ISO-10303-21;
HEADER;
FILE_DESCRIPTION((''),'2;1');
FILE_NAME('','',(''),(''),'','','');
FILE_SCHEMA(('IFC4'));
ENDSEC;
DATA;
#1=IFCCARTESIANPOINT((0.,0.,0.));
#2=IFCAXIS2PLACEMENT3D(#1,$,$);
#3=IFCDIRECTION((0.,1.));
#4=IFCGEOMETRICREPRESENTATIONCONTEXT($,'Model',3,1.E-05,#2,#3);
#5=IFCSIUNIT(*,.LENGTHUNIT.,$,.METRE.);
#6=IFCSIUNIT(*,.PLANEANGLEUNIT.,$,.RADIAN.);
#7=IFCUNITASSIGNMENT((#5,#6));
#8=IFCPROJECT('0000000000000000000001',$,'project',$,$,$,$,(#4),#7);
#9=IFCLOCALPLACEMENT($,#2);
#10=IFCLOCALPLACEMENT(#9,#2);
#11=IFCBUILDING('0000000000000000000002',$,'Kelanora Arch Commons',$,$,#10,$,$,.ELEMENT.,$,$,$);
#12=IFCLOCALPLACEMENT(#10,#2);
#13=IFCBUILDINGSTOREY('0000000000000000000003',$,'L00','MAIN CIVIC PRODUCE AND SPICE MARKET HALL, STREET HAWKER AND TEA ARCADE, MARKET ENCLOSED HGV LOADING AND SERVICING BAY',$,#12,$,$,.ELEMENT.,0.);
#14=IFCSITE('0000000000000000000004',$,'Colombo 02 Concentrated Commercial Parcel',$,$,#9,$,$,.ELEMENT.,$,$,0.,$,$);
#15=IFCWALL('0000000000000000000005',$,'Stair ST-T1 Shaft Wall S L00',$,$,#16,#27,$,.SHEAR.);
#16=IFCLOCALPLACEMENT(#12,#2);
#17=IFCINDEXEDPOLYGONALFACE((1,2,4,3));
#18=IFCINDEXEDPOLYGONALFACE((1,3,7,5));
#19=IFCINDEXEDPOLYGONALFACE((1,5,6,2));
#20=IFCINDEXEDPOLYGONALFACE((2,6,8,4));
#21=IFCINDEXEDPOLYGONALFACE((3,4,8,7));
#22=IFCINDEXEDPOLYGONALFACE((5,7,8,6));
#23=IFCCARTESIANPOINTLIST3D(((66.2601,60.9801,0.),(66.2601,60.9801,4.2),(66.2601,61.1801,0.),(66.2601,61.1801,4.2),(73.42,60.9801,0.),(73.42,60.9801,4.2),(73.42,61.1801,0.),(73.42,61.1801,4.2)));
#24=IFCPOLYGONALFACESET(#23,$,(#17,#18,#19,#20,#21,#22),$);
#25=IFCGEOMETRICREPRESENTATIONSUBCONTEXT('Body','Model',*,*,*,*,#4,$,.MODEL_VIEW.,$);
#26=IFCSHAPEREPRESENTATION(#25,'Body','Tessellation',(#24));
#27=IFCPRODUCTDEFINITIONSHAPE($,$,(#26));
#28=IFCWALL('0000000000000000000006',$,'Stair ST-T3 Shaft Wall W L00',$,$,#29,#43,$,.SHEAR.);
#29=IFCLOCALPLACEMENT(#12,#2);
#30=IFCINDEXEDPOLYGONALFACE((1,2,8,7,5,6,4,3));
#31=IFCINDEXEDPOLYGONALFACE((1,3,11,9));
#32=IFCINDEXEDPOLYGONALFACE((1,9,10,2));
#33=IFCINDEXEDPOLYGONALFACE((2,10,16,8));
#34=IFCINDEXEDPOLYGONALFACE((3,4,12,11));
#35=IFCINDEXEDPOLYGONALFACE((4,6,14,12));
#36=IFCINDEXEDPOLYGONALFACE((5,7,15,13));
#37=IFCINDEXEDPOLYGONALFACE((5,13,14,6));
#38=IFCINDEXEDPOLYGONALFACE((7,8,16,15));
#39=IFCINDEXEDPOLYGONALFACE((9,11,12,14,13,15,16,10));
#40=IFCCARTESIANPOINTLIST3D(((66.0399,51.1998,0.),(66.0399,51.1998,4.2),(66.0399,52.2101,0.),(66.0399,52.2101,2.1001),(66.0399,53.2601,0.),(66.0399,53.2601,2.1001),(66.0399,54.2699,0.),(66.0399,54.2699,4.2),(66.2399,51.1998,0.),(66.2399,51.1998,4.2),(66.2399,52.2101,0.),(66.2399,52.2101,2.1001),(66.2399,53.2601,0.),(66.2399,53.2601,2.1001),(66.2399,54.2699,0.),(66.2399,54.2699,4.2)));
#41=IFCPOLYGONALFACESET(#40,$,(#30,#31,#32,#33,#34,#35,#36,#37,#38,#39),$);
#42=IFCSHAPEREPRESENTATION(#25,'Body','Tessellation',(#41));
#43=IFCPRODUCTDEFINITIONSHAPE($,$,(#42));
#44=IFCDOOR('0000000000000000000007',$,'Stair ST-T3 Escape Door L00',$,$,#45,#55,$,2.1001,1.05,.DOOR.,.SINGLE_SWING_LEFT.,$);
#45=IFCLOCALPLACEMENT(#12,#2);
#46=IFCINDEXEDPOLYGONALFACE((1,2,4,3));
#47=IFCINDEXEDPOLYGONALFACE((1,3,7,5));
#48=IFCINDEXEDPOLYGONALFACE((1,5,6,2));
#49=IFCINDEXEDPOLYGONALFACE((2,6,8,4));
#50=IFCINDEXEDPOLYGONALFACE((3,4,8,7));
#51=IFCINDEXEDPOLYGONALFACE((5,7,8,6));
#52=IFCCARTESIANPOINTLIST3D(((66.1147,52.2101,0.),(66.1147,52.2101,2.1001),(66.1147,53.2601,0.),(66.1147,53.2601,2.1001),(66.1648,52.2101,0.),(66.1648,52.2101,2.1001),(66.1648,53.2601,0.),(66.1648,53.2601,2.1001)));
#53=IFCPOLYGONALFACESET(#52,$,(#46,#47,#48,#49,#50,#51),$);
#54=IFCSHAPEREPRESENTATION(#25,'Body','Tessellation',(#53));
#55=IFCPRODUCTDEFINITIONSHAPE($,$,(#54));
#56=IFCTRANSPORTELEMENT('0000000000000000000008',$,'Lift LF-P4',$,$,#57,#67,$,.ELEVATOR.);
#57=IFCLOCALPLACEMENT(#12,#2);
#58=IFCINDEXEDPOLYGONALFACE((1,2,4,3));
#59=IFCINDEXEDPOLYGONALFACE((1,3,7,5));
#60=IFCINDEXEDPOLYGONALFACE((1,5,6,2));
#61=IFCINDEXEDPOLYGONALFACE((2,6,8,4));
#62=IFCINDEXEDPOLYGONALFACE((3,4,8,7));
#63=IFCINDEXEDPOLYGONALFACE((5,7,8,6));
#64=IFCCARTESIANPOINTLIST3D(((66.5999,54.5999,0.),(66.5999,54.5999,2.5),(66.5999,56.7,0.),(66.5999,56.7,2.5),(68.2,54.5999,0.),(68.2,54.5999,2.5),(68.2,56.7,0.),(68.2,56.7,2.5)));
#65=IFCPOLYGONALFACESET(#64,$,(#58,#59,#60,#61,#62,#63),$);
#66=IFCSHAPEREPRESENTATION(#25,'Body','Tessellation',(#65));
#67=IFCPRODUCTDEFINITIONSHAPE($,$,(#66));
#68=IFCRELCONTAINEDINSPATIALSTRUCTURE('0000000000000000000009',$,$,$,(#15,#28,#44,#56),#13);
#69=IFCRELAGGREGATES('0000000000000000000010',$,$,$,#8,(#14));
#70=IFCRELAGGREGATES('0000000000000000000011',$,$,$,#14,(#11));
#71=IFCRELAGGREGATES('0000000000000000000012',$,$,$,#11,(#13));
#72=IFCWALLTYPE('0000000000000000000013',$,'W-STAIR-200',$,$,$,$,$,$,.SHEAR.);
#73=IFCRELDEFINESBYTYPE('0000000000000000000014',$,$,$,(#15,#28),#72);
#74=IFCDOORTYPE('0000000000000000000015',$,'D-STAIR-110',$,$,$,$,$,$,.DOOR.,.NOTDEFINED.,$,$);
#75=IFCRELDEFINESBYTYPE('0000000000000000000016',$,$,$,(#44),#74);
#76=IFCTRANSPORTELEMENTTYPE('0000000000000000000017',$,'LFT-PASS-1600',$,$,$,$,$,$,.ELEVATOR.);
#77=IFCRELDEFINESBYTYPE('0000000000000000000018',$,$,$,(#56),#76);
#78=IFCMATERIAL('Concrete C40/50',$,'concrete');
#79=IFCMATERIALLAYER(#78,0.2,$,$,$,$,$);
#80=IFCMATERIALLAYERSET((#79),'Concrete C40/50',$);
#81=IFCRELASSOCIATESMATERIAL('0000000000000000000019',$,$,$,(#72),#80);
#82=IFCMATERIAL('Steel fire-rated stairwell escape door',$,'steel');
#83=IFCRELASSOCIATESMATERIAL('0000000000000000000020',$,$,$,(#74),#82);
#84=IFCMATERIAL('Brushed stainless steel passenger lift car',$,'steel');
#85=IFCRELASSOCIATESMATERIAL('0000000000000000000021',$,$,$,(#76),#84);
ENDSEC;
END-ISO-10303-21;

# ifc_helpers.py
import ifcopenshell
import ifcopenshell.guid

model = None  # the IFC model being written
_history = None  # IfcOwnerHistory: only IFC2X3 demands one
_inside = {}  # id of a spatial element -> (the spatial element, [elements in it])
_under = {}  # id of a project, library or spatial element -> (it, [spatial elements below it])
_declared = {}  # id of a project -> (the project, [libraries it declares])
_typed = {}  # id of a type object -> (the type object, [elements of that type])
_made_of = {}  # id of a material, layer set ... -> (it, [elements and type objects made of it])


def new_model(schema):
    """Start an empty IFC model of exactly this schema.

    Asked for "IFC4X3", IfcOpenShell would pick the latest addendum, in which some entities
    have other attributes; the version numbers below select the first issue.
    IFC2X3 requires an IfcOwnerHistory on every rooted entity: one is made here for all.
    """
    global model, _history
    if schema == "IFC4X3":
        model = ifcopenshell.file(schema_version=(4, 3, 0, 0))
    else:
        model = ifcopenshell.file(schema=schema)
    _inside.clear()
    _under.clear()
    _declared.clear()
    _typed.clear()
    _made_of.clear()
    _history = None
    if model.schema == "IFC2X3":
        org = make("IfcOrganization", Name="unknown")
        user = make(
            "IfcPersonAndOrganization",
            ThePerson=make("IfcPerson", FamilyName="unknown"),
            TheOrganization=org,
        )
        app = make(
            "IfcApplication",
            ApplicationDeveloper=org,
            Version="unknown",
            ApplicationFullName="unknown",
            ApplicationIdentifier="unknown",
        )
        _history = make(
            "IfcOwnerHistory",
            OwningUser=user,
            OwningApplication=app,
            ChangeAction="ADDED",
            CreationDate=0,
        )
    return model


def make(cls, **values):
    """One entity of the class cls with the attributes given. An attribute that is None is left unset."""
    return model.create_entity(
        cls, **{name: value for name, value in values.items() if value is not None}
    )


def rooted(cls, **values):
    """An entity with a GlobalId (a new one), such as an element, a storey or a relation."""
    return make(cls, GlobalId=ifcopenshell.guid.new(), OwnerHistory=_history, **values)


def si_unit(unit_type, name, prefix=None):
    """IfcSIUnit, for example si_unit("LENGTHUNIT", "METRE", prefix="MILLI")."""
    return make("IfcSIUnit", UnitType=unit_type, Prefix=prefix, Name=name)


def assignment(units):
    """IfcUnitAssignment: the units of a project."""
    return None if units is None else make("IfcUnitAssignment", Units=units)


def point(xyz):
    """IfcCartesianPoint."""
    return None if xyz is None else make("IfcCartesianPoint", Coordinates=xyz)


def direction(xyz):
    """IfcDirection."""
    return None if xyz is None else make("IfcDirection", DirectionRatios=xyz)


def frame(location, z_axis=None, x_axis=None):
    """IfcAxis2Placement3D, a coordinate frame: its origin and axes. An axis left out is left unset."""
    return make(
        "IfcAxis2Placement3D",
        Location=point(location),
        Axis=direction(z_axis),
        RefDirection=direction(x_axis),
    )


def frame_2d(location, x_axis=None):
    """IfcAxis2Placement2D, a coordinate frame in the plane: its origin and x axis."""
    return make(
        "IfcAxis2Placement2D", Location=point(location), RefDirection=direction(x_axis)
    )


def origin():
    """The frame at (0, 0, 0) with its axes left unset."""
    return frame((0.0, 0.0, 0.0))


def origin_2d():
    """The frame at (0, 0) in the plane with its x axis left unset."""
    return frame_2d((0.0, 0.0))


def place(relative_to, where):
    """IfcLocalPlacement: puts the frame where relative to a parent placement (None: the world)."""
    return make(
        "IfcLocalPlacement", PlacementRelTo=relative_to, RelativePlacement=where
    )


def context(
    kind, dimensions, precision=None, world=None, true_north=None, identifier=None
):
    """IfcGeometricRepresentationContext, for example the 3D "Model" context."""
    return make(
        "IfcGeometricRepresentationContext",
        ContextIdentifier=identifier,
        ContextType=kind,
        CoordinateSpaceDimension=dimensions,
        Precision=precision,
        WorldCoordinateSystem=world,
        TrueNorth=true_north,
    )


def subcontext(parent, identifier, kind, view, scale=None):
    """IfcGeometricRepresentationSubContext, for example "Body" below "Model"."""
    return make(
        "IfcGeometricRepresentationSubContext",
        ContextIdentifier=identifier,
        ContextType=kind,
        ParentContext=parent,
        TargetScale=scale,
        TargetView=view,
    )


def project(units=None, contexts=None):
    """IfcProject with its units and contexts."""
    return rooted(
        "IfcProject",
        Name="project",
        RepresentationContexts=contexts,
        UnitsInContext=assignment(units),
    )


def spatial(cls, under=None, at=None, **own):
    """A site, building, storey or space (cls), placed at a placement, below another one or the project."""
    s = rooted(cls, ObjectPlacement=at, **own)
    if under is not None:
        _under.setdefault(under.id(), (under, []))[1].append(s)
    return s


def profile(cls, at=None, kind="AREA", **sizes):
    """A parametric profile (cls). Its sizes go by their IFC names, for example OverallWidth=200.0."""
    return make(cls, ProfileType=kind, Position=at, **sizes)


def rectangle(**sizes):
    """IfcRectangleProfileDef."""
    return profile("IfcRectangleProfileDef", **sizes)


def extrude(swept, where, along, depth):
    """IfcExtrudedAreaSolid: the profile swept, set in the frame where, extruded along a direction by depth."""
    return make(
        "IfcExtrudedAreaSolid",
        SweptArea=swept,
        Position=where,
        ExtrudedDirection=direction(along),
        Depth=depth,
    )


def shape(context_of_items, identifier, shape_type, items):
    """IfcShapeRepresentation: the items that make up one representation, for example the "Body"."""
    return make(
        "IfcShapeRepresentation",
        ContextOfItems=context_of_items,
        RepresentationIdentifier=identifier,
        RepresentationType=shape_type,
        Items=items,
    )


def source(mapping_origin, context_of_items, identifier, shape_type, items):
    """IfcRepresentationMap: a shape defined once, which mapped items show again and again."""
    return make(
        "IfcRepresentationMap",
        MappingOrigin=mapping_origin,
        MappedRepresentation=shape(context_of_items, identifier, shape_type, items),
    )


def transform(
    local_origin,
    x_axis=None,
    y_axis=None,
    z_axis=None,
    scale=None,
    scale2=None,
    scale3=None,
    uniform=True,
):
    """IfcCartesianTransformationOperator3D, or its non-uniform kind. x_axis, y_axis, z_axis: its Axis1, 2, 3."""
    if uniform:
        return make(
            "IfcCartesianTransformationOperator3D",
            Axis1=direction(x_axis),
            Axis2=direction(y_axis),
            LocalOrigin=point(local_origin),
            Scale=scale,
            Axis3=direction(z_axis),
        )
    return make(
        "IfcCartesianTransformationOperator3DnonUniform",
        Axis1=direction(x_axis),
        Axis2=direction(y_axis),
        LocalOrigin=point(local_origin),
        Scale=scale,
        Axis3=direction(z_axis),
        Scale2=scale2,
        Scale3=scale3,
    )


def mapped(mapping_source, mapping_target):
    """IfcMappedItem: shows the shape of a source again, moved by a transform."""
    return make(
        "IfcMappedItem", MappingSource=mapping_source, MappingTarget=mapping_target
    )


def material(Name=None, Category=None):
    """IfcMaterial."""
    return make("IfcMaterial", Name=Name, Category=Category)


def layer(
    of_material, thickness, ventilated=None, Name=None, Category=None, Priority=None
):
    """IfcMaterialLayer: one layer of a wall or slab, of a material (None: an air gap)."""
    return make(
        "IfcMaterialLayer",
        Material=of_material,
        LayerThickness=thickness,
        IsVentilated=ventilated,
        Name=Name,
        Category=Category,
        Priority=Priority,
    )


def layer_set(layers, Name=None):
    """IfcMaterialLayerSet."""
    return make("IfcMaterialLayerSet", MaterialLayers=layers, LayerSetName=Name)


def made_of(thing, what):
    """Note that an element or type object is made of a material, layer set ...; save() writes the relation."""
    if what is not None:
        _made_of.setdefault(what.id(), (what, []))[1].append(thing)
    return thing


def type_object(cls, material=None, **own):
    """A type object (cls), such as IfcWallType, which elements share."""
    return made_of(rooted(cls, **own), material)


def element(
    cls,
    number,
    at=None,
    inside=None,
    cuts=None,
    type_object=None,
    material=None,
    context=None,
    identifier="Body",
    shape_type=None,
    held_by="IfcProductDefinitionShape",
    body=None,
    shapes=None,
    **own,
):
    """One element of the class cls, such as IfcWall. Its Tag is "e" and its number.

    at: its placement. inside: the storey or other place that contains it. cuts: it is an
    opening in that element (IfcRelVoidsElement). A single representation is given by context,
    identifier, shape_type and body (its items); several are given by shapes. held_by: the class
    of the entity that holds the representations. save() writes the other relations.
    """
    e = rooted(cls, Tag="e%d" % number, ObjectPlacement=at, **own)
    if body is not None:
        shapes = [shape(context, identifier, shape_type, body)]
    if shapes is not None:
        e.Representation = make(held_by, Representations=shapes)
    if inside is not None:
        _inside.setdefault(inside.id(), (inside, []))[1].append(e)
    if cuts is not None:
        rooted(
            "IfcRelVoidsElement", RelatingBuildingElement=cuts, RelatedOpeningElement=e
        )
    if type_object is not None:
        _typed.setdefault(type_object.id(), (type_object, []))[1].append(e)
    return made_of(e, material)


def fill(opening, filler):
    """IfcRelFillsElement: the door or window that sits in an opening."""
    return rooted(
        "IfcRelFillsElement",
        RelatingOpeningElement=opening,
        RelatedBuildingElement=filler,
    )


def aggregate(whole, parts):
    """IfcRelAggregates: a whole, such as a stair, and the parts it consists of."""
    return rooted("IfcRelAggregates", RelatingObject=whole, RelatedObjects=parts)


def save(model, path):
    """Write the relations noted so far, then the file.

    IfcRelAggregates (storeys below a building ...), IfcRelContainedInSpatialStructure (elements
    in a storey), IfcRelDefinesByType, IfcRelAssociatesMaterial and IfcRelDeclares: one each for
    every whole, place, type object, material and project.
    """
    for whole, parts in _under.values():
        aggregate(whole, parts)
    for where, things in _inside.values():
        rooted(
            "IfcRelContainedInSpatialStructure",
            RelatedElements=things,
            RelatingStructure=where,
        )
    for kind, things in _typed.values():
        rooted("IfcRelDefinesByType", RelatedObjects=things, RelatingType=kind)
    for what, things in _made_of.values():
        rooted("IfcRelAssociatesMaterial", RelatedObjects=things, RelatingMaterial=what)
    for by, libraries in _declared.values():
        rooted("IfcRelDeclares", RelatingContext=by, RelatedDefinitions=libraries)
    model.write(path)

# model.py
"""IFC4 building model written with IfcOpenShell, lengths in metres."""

from ifc_helpers import new_model, si_unit, direction, frame, frame_2d, origin, origin_2d, place, context, subcontext, project, spatial, rectangle, extrude, source, transform, mapped, material, layer, layer_set, type_object, element, fill, save


model = new_model("IFC4")

# Units and contexts
model_context = context("Model", 3, precision=1e-05, world=origin(), true_north=direction((0.0, 1.0)))
body_context = subcontext(model_context, "Body", "Model", "MODEL_VIEW")
ifc_project = project(units=[si_unit("LENGTHUNIT", "METRE"), si_unit("PLANEANGLEUNIT", "RADIAN")], contexts=[model_context])

# Site, building, storey
site_placement = place(None, origin())
site = spatial("IfcSite", under=ifc_project, at=site_placement, Name="Colombo 02 Concentrated Commercial Parcel", CompositionType="ELEMENT", RefElevation=0.0)
building_placement = place(site_placement, origin())
building = spatial("IfcBuilding", under=site, at=building_placement, Name="Kelanora Arch Commons", CompositionType="ELEMENT")
storey_placement = place(building_placement, origin())
storey = spatial("IfcBuildingStorey", under=building, at=storey_placement, Name="L00", Description="MAIN CIVIC PRODUCE AND SPICE MARKET HALL, STREET HAWKER AND TEA ARCADE, MARKET ENCLOSED HGV LOADING AND SERVICING BAY", CompositionType="ELEMENT", Elevation=0.0)

# Shared definitions
ifc_material_1 = material(Name="Concrete C40/50", Category="concrete")

# Wall
ifc_layer_1 = layer(ifc_material_1, 0.2)
ifc_layer_set_1 = layer_set([ifc_layer_1], Name="Concrete C40/50")
wall_type_1 = type_object("IfcWallType", Name="W-STAIR-200", PredefinedType="SHEAR", material=ifc_layer_set_1)
wall_1_placement = place(storey_placement, frame((66.26, 61.0801, 0.0), z_axis=(0.0, 0.0, 1.0), x_axis=(1.0, 0.0, 0.0)))
element("IfcWall", 1, at=wall_1_placement, inside=storey, type_object=wall_type_1, Name="Stair ST-T1 Shaft Wall S L00", PredefinedType="SHEAR", context=body_context, shape_type="SweptSolid", body=[
    extrude(rectangle(XDim=7.1599, YDim=0.2, at=frame_2d((3.5801, 0.0))), origin(), (0.0, 0.0, 1.0), 4.2),
])

# Wall, opening, door
wall_2_placement = place(storey_placement, frame((66.1399, 54.27, 0.0), z_axis=(0.0, 0.0, 1.0), x_axis=(0.0, -1.0, 0.0)))
wall_2 = element("IfcWall", 2, at=wall_2_placement, inside=storey, type_object=wall_type_1, Name="Stair ST-T3 Shaft Wall W L00", PredefinedType="SHEAR", context=body_context, shape_type="SweptSolid", body=[
    extrude(rectangle(XDim=3.0701, YDim=0.2, at=frame_2d((1.5352, 0.0))), origin(), (0.0, 0.0, 1.0), 4.2),
])
opening_1_placement = place(wall_2_placement, frame((1.01, 0.0, 0.0)))
opening_1 = element("IfcOpeningElement", 3, at=opening_1_placement, cuts=wall_2, PredefinedType="OPENING", context=body_context, shape_type="SweptSolid", body=[
    extrude(rectangle(XDim=1.05, YDim=2.1001, at=frame_2d((0.5249, 1.05))), frame((0.0, 0.1099, 0.0), z_axis=(0.0, -1.0, 0.0), x_axis=(1.0, 0.0, 0.0)), (0.0, 0.0, 1.0), 0.22),
])
ifc_material_2 = material(Name="Steel fire-rated stairwell escape door", Category="steel")
door_type_1 = type_object("IfcDoorType", Name="D-STAIR-110", OperationType="NOTDEFINED", PredefinedType="DOOR", material=ifc_material_2)
door_1_placement = place(opening_1_placement, origin())
door_1 = element("IfcDoor", 4, at=door_1_placement, inside=storey, type_object=door_type_1, Name="Stair ST-T3 Escape Door L00", OperationType="SINGLE_SWING_LEFT", OverallHeight=2.1001, OverallWidth=1.05, PredefinedType="DOOR", context=body_context, shape_type="SweptSolid", body=[
    extrude(rectangle(XDim=1.05, YDim=2.1001, at=frame_2d((0.5249, 1.05))), frame((0.0, 0.0249, 0.0), z_axis=(0.0, -1.0, 0.0), x_axis=(1.0, 0.0, 0.0)), (0.0, 0.0, 1.0), 0.05),
])
fill(opening_1, door_1)

# Transport element
ifc_material_3 = material(Name="Brushed stainless steel passenger lift car", Category="steel")
transport_element_type = type_object("IfcTransportElementType", Name="LFT-PASS-1600", PredefinedType="ELEVATOR", material=ifc_material_3)
shared_shape = source(origin(), body_context, "Body", "SweptSolid", [
    extrude(rectangle(XDim=1.6001, YDim=2.1001, at=origin_2d()), origin(), (0.0, 0.0, 1.0), 2.5),
])
transport_element_placement = place(storey_placement, frame((67.3999, 55.6499, 0.0), z_axis=(0.0, 0.0, 1.0), x_axis=(1.0, 0.0, 0.0)))
element("IfcTransportElement", 5, at=transport_element_placement, inside=storey, type_object=transport_element_type, Name="Lift LF-P4", PredefinedType="ELEVATOR", context=body_context, shape_type="MappedRepresentation", body=[
    mapped(shared_shape, transform((0.0, 0.0, 0.0), scale=1.0)),
])

save(model, "model.ifc")
